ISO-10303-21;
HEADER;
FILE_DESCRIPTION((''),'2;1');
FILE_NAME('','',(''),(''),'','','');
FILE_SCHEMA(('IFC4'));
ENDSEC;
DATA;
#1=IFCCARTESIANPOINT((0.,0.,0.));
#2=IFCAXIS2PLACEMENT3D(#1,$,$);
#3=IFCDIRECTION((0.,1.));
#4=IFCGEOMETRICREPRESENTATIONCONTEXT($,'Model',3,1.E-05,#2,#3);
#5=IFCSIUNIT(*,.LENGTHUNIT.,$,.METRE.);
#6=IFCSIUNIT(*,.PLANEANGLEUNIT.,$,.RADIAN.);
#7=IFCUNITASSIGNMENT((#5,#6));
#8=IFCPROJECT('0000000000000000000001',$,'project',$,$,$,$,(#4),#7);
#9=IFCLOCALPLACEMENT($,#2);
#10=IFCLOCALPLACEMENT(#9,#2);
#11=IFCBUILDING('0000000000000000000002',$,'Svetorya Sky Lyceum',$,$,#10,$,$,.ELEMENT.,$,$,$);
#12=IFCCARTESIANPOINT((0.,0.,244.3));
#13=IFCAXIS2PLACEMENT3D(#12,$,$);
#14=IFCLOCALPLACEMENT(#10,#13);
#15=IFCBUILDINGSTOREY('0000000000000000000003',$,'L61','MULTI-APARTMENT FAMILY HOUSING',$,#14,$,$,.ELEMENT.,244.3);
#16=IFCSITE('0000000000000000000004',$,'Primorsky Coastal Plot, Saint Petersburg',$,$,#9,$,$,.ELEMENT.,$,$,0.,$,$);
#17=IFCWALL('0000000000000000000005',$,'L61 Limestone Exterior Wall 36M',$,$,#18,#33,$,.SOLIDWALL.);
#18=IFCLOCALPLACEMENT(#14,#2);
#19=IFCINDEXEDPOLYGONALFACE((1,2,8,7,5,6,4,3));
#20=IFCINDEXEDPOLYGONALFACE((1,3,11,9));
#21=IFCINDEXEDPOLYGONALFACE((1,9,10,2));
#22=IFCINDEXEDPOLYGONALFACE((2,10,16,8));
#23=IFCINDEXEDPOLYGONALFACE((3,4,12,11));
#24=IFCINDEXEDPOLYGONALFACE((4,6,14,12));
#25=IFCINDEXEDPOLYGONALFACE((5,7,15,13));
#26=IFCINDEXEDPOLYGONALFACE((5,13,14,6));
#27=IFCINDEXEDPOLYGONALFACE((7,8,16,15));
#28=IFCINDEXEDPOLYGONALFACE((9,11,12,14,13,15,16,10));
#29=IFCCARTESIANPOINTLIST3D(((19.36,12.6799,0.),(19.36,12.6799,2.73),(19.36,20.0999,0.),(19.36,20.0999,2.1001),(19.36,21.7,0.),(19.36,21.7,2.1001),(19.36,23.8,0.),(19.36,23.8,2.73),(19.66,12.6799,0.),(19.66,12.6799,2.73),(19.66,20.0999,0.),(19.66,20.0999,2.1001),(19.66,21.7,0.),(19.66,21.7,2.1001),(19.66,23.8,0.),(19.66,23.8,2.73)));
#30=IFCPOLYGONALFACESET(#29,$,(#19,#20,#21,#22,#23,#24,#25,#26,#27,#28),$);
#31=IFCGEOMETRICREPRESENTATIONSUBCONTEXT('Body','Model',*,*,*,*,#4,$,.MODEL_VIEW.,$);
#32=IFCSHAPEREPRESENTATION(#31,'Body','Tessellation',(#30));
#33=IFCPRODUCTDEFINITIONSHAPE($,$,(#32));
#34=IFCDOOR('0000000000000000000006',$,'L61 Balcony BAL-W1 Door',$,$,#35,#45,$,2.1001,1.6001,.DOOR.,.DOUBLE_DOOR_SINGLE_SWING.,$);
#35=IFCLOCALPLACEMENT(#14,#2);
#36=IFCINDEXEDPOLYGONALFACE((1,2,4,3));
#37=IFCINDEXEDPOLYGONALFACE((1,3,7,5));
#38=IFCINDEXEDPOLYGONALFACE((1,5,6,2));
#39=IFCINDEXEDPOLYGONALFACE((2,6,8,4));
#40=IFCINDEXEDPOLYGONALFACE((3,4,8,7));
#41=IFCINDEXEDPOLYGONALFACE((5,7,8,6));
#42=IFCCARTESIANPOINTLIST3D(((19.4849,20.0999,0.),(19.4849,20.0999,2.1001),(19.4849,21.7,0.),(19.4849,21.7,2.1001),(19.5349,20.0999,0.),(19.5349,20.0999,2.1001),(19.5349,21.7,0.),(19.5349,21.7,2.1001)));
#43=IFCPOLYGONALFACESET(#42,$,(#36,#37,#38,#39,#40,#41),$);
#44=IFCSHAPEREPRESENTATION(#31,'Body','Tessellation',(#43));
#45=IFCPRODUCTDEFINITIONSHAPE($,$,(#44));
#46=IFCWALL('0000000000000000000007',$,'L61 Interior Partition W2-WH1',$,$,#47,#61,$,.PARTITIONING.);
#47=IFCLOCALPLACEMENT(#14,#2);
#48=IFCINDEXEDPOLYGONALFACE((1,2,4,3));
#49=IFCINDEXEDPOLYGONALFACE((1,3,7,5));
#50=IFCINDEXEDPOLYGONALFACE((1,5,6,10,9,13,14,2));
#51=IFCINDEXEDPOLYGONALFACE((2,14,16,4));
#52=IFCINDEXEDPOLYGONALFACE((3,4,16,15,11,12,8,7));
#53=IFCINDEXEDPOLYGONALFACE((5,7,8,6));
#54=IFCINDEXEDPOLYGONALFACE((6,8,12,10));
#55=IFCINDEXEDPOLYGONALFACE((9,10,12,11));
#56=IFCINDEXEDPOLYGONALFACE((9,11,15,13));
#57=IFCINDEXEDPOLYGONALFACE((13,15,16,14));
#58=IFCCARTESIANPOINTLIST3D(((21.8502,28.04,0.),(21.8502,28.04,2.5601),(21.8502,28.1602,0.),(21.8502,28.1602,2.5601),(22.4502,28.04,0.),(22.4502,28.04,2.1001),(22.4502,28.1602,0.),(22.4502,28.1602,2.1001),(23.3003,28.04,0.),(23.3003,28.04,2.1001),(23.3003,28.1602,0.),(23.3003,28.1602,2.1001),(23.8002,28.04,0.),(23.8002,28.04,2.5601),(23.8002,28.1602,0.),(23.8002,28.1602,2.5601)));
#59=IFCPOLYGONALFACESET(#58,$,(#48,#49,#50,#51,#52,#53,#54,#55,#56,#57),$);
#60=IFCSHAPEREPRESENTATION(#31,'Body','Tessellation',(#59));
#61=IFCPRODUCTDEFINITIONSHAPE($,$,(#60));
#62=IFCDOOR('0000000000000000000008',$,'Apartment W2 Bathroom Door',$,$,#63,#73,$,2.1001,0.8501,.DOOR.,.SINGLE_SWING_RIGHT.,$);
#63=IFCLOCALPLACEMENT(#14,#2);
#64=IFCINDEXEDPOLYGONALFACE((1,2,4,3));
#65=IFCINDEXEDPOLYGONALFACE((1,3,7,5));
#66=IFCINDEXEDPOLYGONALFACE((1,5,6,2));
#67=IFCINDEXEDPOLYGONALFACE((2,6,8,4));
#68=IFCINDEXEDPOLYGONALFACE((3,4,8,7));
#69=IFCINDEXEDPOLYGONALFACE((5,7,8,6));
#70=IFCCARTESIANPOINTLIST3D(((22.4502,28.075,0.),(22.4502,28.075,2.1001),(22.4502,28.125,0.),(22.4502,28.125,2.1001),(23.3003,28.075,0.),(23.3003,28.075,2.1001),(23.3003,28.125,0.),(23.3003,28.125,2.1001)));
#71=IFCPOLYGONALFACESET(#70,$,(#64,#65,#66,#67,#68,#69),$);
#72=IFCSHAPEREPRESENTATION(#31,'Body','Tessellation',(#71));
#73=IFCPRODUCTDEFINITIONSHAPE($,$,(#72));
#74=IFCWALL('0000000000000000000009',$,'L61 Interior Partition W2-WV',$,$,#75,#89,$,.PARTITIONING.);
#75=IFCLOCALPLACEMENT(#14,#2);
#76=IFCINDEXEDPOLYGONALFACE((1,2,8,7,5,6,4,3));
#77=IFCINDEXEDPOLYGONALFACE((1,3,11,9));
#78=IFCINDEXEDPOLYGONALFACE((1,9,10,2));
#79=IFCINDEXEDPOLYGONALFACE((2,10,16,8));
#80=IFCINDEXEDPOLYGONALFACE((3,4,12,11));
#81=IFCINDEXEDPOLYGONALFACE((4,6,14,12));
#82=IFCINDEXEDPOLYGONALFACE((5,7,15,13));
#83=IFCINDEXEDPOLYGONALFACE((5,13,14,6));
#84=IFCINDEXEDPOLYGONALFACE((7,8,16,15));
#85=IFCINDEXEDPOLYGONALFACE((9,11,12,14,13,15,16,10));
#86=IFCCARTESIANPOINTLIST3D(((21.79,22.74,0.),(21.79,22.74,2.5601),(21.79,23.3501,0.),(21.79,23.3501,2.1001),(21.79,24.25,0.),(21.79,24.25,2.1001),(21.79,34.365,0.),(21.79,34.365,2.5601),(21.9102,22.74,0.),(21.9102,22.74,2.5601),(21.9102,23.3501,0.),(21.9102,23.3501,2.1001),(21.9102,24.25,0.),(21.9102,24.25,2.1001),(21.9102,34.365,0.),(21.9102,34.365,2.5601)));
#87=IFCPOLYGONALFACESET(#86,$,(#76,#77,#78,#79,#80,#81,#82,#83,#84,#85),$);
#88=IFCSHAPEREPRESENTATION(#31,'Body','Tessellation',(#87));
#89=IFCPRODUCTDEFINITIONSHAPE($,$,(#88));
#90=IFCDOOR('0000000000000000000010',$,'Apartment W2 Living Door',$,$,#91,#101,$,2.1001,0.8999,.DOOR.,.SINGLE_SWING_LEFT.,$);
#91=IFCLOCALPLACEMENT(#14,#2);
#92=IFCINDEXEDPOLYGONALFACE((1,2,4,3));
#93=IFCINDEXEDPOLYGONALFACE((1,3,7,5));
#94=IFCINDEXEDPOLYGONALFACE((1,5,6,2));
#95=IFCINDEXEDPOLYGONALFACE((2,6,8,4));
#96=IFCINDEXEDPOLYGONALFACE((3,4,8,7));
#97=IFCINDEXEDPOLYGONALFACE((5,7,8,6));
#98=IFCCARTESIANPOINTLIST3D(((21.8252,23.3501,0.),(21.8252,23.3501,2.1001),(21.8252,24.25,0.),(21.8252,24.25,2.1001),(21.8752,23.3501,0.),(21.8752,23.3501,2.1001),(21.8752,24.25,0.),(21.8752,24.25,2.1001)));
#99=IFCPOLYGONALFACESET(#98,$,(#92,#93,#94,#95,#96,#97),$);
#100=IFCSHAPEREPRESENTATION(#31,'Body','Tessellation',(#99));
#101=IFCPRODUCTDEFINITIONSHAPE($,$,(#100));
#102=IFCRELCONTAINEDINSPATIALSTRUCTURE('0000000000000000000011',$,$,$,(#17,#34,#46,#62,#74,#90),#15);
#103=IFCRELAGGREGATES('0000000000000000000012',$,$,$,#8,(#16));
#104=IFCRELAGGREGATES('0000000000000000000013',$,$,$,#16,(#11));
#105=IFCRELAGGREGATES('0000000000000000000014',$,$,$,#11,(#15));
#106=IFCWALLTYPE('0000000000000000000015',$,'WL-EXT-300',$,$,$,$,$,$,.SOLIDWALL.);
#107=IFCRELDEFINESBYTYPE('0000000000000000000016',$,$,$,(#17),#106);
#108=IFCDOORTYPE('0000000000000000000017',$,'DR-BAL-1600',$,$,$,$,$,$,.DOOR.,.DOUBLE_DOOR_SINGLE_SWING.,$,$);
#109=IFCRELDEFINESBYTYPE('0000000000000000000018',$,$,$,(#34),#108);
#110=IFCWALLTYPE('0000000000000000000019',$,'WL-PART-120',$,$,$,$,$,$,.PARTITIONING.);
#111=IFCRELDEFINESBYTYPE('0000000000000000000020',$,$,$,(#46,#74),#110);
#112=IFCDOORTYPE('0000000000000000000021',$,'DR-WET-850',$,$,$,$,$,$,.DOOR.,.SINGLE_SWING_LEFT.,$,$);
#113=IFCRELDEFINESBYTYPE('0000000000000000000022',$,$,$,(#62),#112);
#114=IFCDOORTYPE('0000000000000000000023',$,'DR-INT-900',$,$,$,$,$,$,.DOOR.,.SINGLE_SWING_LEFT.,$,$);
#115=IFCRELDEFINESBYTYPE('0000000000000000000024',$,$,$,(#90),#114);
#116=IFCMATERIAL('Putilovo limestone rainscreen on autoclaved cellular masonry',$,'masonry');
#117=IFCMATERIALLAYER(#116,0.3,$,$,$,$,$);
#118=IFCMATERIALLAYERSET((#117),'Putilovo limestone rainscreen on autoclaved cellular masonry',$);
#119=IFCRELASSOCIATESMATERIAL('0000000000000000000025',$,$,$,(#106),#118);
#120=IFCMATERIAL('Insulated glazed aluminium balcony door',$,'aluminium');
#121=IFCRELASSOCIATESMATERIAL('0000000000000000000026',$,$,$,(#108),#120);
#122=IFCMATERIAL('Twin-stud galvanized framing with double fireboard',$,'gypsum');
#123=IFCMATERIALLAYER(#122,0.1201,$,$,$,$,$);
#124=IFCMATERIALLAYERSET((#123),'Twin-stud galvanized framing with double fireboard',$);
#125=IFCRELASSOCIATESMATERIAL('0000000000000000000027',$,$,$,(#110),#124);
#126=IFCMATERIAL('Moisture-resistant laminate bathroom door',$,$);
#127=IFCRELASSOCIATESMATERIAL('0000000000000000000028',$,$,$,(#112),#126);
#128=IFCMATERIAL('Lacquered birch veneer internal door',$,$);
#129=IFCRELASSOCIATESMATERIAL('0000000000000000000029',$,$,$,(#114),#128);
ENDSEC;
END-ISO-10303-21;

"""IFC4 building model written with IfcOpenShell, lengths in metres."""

from ifc_helpers import new_model, si_unit, direction, frame, frame_2d, origin, place, context, subcontext, project, spatial, rectangle, extrude, material, layer, layer_set, type_object, element, fill, save


model = new_model("IFC4")

# Units and contexts
model_context = context("Model", 3, precision=1e-05, world=origin(), true_north=direction((0.0, 1.0)))
body_context = subcontext(model_context, "Body", "Model", "MODEL_VIEW")
ifc_project = project(units=[si_unit("LENGTHUNIT", "METRE"), si_unit("PLANEANGLEUNIT", "RADIAN")], contexts=[model_context])

# Site, building, storey
site_placement = place(None, origin())
site = spatial("IfcSite", under=ifc_project, at=site_placement, Name="Primorsky Coastal Plot, Saint Petersburg", CompositionType="ELEMENT", RefElevation=0.0)
building_placement = place(site_placement, origin())
building = spatial("IfcBuilding", under=site, at=building_placement, Name="Svetorya Sky Lyceum", CompositionType="ELEMENT")
storey_placement = place(building_placement, frame((0.0, 0.0, 244.3)))
storey = spatial("IfcBuildingStorey", under=building, at=storey_placement, Name="L61", Description="MULTI-APARTMENT FAMILY HOUSING", CompositionType="ELEMENT", Elevation=244.3)

# Shared definitions
ifc_material_1 = material(Name="Putilovo limestone rainscreen on autoclaved cellular masonry", Category="masonry")
ifc_layer_1 = layer(ifc_material_1, 0.3)
ifc_layer_set_1 = layer_set([ifc_layer_1], Name="Putilovo limestone rainscreen on autoclaved cellular masonry")
wall_type_1 = type_object("IfcWallType", Name="WL-EXT-300", PredefinedType="SOLIDWALL", material=ifc_layer_set_1)

# Walls, openings, doors
wall_1_placement = place(storey_placement, frame((19.51, 23.8, 0.0), z_axis=(0.0, 0.0, 1.0), x_axis=(0.0, -1.0, 0.0)))
wall_1 = element("IfcWall", 1, at=wall_1_placement, inside=storey, type_object=wall_type_1, Name="L61 Limestone Exterior Wall 36M", PredefinedType="SOLIDWALL", context=body_context, shape_type="SweptSolid", body=[
    extrude(rectangle(XDim=11.1201, YDim=0.3, at=frame_2d((5.5601, 0.0))), origin(), (0.0, 0.0, 1.0), 2.73),
])
opening_1_placement = place(wall_1_placement, frame((2.1001, 0.0, 0.0)))
opening_1 = element("IfcOpeningElement", 2, at=opening_1_placement, cuts=wall_1, PredefinedType="OPENING", context=body_context, shape_type="SweptSolid", body=[
    extrude(rectangle(XDim=1.6001, YDim=2.1001, at=frame_2d((0.8, 1.05))), frame((0.0, 0.1599, 0.0), z_axis=(0.0, -1.0, 0.0), x_axis=(1.0, 0.0, 0.0)), (0.0, 0.0, 1.0), 0.3201),
])
ifc_material_2 = material(Name="Insulated glazed aluminium balcony door", Category="aluminium")
door_type_1 = type_object("IfcDoorType", Name="DR-BAL-1600", OperationType="DOUBLE_DOOR_SINGLE_SWING", PredefinedType="DOOR", material=ifc_material_2)
door_1_placement = place(opening_1_placement, origin())
door_1 = element("IfcDoor", 3, at=door_1_placement, inside=storey, type_object=door_type_1, Name="L61 Balcony BAL-W1 Door", OperationType="DOUBLE_DOOR_SINGLE_SWING", OverallHeight=2.1001, OverallWidth=1.6001, PredefinedType="DOOR", context=body_context, shape_type="SweptSolid", body=[
    extrude(rectangle(XDim=1.6001, YDim=2.1001, at=frame_2d((0.8, 1.05))), frame((0.0, 0.0249, 0.0), z_axis=(0.0, -1.0, 0.0), x_axis=(1.0, 0.0, 0.0)), (0.0, 0.0, 1.0), 0.05),
])
fill(opening_1, door_1)
ifc_material_3 = material(Name="Twin-stud galvanized framing with double fireboard", Category="gypsum")
ifc_layer_2 = layer(ifc_material_3, 0.1201)
ifc_layer_set_2 = layer_set([ifc_layer_2], Name="Twin-stud galvanized framing with double fireboard")
wall_type_2 = type_object("IfcWallType", Name="WL-PART-120", PredefinedType="PARTITIONING", material=ifc_layer_set_2)
wall_2_placement = place(storey_placement, frame((21.8501, 28.1001, 0.0), z_axis=(0.0, 0.0, 1.0), x_axis=(1.0, 0.0, 0.0)))
wall_2 = element("IfcWall", 4, at=wall_2_placement, inside=storey, type_object=wall_type_2, Name="L61 Interior Partition W2-WH1", PredefinedType="PARTITIONING", context=body_context, shape_type="SweptSolid", body=[
    extrude(rectangle(XDim=1.95, YDim=0.1201, at=frame_2d((0.9751, 0.0))), origin(), (0.0, 0.0, 1.0), 2.5601),
])
opening_2_placement = place(wall_2_placement, frame((0.6001, 0.0, 0.0)))
opening_2 = element("IfcOpeningElement", 5, at=opening_2_placement, cuts=wall_2, PredefinedType="OPENING", context=body_context, shape_type="SweptSolid", body=[
    extrude(rectangle(XDim=0.8501, YDim=2.1001, at=frame_2d((0.425, 1.05))), frame((0.0, 0.0701, 0.0), z_axis=(0.0, -1.0, 0.0), x_axis=(1.0, 0.0, 0.0)), (0.0, 0.0, 1.0), 0.1401),
])
ifc_material_4 = material(Name="Moisture-resistant laminate bathroom door")
door_type_2 = type_object("IfcDoorType", Name="DR-WET-850", OperationType="SINGLE_SWING_LEFT", PredefinedType="DOOR", material=ifc_material_4)
door_2_placement = place(opening_2_placement, origin())
door_2 = element("IfcDoor", 6, at=door_2_placement, inside=storey, type_object=door_type_2, Name="Apartment W2 Bathroom Door", OperationType="SINGLE_SWING_RIGHT", OverallHeight=2.1001, OverallWidth=0.8501, PredefinedType="DOOR", context=body_context, shape_type="SweptSolid", body=[
    extrude(rectangle(XDim=0.8501, YDim=2.1001, at=frame_2d((0.425, 1.05))), frame((0.0, 0.0249, 0.0), z_axis=(0.0, -1.0, 0.0), x_axis=(1.0, 0.0, 0.0)), (0.0, 0.0, 1.0), 0.05),
])
fill(opening_2, door_2)
wall_3_placement = place(storey_placement, frame((21.8501, 22.74, 0.0), z_axis=(0.0, 0.0, 1.0), x_axis=(0.0, 1.0, 0.0)))
wall_3 = element("IfcWall", 7, at=wall_3_placement, inside=storey, type_object=wall_type_2, Name="L61 Interior Partition W2-WV", PredefinedType="PARTITIONING", context=body_context, shape_type="SweptSolid", body=[
    extrude(rectangle(XDim=11.625, YDim=0.1201, at=frame_2d((5.8125, 0.0))), origin(), (0.0, 0.0, 1.0), 2.5601),
])
opening_3_placement = place(wall_3_placement, frame((0.6101, 0.0, 0.0)))
opening_3 = element("IfcOpeningElement", 8, at=opening_3_placement, cuts=wall_3, PredefinedType="OPENING", context=body_context, shape_type="SweptSolid", body=[
    extrude(rectangle(XDim=0.8999, YDim=2.1001, at=frame_2d((0.45, 1.05))), frame((0.0, 0.0701, 0.0), z_axis=(0.0, -1.0, 0.0), x_axis=(1.0, 0.0, 0.0)), (0.0, 0.0, 1.0), 0.1401),
])
ifc_material_5 = material(Name="Lacquered birch veneer internal door")
door_type_3 = type_object("IfcDoorType", Name="DR-INT-900", OperationType="SINGLE_SWING_LEFT", PredefinedType="DOOR", material=ifc_material_5)
door_3_placement = place(opening_3_placement, origin())
door_3 = element("IfcDoor", 9, at=door_3_placement, inside=storey, type_object=door_type_3, Name="Apartment W2 Living Door", OperationType="SINGLE_SWING_LEFT", OverallHeight=2.1001, OverallWidth=0.8999, PredefinedType="DOOR", context=body_context, shape_type="SweptSolid", body=[
    extrude(rectangle(XDim=0.8999, YDim=2.1001, at=frame_2d((0.45, 1.05))), frame((0.0, 0.0249, 0.0), z_axis=(0.0, -1.0, 0.0), x_axis=(1.0, 0.0, 0.0)), (0.0, 0.0, 1.0), 0.05),
])
fill(opening_3, door_3)

save(model, "model.ifc")
